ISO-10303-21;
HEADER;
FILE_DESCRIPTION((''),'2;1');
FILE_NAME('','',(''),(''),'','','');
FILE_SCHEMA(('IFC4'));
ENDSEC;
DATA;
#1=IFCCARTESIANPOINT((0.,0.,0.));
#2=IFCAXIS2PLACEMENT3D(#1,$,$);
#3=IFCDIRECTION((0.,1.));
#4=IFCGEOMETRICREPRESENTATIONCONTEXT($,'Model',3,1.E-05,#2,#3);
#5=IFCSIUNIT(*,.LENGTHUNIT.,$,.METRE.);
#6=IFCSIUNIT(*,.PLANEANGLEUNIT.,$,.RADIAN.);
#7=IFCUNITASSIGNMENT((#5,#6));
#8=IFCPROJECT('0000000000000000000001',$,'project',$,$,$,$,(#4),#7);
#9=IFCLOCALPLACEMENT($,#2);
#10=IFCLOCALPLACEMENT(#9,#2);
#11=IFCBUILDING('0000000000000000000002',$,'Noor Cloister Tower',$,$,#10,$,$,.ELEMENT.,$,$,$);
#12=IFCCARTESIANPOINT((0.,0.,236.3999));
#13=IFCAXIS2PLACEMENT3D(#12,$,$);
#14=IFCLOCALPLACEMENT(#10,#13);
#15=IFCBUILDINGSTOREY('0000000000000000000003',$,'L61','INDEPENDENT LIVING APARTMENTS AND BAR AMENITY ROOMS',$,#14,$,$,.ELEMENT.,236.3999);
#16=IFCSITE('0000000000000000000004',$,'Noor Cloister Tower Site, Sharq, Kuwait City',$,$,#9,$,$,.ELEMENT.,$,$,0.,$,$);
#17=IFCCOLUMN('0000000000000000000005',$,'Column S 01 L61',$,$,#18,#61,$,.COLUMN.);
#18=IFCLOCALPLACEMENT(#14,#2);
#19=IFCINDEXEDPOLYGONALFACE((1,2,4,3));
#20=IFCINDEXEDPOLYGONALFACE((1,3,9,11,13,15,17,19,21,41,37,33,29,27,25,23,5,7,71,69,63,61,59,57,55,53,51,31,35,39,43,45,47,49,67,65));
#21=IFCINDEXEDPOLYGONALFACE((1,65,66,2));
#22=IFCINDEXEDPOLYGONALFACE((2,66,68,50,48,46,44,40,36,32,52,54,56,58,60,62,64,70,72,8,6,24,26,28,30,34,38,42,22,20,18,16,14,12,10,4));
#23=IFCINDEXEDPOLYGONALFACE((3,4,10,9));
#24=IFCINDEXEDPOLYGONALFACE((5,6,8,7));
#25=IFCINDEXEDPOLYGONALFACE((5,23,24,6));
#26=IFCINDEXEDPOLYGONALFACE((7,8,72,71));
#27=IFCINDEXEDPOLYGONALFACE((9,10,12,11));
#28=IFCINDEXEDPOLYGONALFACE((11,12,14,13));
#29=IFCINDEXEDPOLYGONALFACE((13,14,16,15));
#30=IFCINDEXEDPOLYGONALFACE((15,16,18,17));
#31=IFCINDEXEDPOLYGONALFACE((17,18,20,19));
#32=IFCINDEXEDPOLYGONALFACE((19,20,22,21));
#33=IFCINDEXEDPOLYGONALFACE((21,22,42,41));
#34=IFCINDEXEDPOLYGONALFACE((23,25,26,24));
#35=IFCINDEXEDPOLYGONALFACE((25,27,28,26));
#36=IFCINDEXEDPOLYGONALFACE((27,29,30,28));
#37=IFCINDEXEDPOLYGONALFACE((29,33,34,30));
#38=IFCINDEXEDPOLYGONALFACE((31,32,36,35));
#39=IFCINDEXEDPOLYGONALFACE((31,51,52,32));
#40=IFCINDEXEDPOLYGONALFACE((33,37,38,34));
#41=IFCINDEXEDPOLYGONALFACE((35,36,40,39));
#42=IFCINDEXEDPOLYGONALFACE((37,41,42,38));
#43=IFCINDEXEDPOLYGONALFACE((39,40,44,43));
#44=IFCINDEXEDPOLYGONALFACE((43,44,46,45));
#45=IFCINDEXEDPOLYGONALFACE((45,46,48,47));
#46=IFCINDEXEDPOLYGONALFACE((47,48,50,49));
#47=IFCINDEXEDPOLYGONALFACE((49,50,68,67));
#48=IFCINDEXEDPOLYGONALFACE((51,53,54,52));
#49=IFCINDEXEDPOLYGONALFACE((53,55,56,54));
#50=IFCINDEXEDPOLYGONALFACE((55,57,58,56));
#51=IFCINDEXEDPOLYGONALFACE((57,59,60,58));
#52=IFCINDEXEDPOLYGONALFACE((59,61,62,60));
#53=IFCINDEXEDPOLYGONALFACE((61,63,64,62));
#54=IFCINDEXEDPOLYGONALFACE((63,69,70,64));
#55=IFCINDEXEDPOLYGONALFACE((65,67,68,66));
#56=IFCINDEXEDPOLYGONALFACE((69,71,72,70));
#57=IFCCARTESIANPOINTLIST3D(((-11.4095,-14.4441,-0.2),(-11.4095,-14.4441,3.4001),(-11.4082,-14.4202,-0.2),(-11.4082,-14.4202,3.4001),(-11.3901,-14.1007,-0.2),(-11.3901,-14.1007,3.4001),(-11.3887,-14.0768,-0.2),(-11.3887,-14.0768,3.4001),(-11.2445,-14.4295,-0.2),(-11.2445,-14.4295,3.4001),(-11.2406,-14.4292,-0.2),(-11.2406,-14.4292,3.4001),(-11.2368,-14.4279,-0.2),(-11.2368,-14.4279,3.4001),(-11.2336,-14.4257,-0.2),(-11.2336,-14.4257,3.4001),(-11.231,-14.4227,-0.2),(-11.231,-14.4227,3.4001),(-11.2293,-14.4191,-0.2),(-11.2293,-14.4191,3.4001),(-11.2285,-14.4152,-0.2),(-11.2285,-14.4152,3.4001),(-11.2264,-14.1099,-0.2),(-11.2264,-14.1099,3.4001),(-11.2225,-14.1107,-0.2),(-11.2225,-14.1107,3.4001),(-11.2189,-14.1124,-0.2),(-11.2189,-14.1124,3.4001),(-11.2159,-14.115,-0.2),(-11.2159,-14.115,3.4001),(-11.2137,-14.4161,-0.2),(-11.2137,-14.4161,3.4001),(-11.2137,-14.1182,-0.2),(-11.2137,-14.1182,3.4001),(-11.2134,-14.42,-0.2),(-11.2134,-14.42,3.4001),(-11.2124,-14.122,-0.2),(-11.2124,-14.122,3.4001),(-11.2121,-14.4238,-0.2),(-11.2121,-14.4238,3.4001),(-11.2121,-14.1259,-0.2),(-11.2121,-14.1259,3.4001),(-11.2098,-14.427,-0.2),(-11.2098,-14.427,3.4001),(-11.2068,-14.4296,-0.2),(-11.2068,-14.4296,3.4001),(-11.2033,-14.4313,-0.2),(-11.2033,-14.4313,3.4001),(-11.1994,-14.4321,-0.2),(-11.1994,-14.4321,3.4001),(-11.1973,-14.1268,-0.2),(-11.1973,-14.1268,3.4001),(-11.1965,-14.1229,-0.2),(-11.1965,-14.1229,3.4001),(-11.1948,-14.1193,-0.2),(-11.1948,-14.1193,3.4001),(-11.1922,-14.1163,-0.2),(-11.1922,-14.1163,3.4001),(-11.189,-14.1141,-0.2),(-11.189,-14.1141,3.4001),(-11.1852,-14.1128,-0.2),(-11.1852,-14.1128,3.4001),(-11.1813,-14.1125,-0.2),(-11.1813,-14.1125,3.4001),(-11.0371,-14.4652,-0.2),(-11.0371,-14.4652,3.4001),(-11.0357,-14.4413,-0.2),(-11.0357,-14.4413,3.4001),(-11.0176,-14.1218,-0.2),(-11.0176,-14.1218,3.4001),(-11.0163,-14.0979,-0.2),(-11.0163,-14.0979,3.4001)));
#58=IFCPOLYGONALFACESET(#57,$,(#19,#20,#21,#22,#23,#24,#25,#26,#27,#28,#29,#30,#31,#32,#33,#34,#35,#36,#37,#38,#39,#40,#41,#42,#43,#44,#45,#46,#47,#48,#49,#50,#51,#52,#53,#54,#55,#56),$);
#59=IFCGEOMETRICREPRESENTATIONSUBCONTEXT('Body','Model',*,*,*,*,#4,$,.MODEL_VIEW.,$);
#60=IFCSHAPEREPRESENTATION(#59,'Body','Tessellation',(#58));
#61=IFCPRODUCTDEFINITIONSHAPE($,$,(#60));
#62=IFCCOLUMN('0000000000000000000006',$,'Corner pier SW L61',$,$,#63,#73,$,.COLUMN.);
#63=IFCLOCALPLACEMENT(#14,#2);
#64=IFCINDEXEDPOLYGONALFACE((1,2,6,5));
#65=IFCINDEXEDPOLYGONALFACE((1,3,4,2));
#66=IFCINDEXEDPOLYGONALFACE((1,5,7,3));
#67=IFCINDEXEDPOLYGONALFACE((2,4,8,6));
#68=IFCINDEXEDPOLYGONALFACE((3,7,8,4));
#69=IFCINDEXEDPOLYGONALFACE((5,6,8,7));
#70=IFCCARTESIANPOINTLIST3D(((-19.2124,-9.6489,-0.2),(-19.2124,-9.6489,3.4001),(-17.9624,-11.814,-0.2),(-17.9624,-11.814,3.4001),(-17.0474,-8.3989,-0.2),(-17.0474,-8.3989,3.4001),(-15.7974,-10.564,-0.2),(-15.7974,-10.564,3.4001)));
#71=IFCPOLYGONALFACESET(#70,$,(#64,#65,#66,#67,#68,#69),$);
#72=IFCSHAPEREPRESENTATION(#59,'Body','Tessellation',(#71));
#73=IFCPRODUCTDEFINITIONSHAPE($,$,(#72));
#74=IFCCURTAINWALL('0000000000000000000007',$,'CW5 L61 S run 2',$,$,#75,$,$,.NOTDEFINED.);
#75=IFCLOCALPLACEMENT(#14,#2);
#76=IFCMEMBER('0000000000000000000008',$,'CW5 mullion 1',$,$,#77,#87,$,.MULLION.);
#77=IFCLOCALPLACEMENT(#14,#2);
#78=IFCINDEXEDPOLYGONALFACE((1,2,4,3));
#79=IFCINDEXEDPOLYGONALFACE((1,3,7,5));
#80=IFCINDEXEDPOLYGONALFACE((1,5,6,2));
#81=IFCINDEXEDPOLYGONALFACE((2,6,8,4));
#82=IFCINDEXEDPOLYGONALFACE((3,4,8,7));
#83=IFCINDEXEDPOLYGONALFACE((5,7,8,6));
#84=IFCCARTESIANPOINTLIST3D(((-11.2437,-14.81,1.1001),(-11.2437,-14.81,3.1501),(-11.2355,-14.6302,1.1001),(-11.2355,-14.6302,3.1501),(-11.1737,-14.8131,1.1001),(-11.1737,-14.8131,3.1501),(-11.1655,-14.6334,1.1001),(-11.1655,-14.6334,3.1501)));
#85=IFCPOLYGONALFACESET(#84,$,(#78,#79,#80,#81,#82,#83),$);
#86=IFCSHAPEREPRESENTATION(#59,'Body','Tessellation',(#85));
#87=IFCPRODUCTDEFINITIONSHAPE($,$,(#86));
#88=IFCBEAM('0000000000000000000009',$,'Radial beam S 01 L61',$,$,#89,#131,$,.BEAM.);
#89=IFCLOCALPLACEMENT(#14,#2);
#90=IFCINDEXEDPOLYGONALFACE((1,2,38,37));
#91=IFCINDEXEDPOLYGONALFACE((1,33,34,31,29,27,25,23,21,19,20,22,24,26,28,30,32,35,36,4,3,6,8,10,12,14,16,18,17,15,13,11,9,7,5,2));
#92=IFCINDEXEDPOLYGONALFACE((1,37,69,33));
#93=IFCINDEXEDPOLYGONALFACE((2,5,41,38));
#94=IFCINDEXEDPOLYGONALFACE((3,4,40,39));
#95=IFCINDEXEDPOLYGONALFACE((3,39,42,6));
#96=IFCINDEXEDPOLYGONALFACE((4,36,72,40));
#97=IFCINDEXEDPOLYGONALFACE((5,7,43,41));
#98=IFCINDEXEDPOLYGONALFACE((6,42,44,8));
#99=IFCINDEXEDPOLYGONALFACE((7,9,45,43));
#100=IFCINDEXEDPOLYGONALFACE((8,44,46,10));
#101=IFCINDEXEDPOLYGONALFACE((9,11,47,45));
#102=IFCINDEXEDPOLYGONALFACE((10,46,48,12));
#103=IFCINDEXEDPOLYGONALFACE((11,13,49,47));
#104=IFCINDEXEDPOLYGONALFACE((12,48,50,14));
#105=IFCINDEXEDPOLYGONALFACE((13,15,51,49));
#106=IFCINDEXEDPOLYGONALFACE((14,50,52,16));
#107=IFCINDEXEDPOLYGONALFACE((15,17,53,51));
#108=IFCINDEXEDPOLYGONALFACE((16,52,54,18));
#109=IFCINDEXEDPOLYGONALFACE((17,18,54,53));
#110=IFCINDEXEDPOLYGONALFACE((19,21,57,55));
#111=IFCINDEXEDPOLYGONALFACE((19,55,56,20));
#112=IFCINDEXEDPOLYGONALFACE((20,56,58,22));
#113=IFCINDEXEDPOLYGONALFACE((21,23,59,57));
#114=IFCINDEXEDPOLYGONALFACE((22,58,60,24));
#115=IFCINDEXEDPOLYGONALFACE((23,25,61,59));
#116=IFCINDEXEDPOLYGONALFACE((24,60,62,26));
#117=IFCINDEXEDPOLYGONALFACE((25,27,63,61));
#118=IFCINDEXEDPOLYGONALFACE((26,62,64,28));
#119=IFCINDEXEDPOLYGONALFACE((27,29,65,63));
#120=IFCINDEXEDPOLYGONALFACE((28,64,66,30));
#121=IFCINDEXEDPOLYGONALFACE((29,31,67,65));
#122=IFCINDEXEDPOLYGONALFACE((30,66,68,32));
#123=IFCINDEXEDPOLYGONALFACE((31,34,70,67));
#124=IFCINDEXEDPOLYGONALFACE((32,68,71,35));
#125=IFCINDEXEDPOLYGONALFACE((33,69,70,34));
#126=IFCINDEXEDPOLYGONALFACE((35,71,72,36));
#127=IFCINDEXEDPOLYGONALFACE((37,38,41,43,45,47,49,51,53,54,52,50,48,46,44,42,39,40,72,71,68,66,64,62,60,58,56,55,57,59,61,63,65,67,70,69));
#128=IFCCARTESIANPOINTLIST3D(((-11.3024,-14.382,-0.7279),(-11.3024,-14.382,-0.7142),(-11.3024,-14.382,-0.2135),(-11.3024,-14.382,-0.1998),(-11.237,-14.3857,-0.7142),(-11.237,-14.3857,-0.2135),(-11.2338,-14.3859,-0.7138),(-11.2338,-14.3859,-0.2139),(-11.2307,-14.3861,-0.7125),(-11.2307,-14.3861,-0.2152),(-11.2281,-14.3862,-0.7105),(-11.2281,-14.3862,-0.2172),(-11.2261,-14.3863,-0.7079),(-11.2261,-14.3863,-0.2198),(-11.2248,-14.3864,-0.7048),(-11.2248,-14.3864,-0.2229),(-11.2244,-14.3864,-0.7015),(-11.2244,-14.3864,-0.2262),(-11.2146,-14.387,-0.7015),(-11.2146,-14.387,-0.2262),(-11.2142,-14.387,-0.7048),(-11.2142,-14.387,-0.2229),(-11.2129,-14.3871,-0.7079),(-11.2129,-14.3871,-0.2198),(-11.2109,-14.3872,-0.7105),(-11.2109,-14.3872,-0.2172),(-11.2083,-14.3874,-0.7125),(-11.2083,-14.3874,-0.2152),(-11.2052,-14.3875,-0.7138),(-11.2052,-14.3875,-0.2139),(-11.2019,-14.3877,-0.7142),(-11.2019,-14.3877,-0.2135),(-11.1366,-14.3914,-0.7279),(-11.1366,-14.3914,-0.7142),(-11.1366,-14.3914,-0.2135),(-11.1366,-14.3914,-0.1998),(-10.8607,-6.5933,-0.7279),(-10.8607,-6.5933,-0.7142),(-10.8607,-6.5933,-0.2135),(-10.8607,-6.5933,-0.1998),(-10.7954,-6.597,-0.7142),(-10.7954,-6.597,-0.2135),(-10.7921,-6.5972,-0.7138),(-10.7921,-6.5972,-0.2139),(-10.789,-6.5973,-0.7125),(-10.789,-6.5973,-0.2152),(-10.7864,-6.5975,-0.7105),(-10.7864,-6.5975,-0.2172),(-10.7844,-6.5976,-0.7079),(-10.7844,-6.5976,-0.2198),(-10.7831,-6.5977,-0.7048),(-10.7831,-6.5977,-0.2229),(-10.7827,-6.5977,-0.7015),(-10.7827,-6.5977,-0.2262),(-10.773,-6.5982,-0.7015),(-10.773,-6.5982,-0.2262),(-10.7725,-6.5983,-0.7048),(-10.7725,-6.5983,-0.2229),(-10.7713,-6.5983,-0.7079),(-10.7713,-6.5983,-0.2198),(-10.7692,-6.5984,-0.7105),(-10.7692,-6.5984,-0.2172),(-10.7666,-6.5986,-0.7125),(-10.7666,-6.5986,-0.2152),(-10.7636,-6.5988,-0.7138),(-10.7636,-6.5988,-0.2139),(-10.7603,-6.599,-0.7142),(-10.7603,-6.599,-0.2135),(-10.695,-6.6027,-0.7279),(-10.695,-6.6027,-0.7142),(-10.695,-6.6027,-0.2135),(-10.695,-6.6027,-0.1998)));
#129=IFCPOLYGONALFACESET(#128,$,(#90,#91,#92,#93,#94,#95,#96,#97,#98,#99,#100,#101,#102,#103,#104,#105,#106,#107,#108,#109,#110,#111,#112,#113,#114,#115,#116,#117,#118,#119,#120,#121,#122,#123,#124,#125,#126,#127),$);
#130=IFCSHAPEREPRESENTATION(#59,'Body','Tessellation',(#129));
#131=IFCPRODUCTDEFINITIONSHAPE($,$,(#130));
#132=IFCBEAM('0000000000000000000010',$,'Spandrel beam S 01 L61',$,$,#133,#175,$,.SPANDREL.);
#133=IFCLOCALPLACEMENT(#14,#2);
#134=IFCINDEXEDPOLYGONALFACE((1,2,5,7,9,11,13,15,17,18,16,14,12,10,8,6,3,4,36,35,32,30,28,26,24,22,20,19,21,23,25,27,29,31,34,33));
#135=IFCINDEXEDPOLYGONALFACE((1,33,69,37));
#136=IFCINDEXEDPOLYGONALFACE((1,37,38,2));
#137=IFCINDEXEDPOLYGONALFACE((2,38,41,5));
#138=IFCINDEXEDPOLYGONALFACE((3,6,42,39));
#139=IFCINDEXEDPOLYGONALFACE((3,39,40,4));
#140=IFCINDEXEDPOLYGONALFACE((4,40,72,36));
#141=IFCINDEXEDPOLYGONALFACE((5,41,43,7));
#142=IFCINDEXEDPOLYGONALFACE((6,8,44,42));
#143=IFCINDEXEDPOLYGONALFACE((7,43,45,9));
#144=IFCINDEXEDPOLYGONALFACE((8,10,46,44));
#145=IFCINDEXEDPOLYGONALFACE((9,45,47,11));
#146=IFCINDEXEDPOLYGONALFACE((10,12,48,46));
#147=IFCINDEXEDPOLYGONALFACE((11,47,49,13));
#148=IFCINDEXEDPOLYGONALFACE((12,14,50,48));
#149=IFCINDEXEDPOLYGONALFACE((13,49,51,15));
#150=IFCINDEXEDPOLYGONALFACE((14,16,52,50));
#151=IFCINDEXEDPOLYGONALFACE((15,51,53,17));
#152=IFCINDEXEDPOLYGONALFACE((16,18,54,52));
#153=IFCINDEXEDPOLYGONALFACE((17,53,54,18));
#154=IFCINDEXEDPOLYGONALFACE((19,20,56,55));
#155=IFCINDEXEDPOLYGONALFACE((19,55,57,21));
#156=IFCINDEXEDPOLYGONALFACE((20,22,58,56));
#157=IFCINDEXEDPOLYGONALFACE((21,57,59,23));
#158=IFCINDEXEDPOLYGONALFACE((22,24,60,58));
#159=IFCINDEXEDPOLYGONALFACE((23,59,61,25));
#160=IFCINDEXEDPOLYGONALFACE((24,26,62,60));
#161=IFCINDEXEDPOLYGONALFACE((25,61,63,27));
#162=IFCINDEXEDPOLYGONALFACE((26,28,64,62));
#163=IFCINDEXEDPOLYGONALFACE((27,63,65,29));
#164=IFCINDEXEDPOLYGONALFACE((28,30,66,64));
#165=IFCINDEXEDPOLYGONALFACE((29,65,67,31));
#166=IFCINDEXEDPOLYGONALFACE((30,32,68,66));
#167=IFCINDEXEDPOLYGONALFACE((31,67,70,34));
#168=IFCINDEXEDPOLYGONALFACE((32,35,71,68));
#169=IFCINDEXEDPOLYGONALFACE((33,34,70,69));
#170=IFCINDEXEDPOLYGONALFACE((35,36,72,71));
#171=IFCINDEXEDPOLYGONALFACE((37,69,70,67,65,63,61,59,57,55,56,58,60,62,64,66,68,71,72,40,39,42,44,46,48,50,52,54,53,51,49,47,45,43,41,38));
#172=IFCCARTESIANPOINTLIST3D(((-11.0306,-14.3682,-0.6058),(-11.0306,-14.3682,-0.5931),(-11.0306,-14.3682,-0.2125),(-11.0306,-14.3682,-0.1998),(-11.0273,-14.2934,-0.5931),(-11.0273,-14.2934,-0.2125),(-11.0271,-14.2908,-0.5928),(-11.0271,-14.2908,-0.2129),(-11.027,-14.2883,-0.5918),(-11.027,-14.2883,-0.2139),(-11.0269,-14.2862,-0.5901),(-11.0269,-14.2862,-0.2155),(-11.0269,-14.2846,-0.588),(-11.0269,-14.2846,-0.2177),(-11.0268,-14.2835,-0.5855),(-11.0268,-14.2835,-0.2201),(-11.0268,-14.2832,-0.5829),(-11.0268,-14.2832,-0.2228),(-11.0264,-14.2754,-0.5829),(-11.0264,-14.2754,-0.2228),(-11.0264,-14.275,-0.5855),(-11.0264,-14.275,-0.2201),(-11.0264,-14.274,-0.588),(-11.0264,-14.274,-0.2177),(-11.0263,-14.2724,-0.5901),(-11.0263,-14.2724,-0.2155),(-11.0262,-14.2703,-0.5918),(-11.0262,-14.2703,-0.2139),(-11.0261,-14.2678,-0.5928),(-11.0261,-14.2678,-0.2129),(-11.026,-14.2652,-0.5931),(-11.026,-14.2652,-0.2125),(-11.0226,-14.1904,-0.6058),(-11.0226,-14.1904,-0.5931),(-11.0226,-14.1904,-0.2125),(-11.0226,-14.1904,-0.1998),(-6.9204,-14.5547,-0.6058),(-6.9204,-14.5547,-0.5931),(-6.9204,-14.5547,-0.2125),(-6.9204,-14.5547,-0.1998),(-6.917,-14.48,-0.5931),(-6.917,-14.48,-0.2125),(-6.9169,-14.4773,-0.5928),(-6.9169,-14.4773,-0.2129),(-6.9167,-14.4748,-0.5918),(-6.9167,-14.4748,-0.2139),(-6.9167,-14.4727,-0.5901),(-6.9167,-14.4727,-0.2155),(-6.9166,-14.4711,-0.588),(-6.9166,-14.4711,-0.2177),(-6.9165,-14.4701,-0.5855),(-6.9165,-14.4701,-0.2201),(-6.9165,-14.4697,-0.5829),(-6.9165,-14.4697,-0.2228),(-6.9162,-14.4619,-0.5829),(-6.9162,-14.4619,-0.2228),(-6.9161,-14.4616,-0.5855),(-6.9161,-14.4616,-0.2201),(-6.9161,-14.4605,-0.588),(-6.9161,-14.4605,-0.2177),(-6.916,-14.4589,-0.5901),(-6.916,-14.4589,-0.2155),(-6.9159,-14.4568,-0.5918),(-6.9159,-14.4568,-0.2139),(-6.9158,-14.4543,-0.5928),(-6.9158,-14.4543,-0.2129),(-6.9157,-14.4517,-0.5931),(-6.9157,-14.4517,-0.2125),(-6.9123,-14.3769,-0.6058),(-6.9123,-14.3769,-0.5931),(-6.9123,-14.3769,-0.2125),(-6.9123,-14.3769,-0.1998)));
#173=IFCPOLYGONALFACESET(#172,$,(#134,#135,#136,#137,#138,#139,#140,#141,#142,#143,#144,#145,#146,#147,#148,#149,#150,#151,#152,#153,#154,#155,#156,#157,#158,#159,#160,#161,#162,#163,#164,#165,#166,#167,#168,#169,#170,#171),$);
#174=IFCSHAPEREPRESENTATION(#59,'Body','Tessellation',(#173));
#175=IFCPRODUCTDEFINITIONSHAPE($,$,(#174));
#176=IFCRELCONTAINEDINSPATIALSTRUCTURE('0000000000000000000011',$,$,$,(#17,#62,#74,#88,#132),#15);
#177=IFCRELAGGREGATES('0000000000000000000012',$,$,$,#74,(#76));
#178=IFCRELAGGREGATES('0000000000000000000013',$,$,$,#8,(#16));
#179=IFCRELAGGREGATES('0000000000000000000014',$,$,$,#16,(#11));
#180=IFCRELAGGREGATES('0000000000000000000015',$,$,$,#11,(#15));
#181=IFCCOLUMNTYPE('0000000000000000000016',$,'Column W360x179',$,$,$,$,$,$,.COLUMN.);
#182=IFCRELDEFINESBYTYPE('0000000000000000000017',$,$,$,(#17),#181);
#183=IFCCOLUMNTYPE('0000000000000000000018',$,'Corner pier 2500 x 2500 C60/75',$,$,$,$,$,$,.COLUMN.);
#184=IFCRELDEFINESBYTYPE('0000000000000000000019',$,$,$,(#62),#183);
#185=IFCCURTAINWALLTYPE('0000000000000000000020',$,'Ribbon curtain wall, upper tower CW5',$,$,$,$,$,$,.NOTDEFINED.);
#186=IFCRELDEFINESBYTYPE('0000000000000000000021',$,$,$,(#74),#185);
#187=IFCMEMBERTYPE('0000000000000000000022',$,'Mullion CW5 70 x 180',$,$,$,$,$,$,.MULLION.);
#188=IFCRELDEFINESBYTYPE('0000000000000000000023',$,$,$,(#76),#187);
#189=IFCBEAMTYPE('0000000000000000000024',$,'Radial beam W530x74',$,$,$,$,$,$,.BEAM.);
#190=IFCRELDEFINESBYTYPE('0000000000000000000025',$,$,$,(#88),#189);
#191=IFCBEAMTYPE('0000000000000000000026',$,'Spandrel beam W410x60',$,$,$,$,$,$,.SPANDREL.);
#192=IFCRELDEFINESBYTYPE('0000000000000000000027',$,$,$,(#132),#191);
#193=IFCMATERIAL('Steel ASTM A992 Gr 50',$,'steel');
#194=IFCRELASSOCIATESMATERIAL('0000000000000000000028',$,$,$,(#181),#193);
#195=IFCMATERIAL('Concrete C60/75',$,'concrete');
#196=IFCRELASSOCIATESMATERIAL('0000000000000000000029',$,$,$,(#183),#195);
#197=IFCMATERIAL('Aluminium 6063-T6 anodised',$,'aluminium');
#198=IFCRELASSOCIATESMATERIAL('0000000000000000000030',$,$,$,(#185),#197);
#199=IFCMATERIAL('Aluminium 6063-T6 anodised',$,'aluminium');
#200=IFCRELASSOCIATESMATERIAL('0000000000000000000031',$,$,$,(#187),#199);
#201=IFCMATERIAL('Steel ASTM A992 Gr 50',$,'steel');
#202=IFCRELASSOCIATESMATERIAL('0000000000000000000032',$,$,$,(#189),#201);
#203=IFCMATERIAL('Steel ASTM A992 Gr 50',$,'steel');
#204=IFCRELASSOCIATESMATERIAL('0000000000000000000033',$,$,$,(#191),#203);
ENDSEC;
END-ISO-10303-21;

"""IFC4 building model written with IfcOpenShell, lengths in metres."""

from ifc_helpers import new_model, si_unit, direction, frame, origin, origin_2d, place, context, subcontext, project, spatial, rectangle, i_section, extrude, material, material_profile, profile_set, type_object, element, aggregate, save


model = new_model("IFC4")

# Units and contexts
model_context = context("Model", 3, precision=1e-05, world=origin(), true_north=direction((0.0, 1.0)))
body_context = subcontext(model_context, "Body", "Model", "MODEL_VIEW")
ifc_project = project(units=[si_unit("LENGTHUNIT", "METRE"), si_unit("PLANEANGLEUNIT", "RADIAN")], contexts=[model_context])

# Site, building, storey
site_placement = place(None, origin())
site = spatial("IfcSite", under=ifc_project, at=site_placement, Name="Noor Cloister Tower Site, Sharq, Kuwait City", CompositionType="ELEMENT", RefElevation=0.0)
building_placement = place(site_placement, origin())
building = spatial("IfcBuilding", under=site, at=building_placement, Name="Noor Cloister Tower", CompositionType="ELEMENT")
storey_placement = place(building_placement, frame((0.0, 0.0, 236.3999)))
storey = spatial("IfcBuildingStorey", under=building, at=storey_placement, Name="L61", Description="INDEPENDENT LIVING APARTMENTS AND BAR AMENITY ROOMS", CompositionType="ELEMENT", Elevation=236.3999)

# Columns
ifc_material_1 = material(Name="Steel ASTM A992 Gr 50", Category="steel")
ifc_material_profile_1 = material_profile(ifc_material_1, i_section(OverallWidth=0.373, OverallDepth=0.3679, WebThickness=0.0149, FlangeThickness=0.0239, FilletRadius=0.0151, at=origin_2d()), Name="W360x179")
ifc_profile_set_1 = profile_set([ifc_material_profile_1], Name="Steel ASTM A992 Gr 50")
column_type_1 = type_object("IfcColumnType", Name="Column W360x179", PredefinedType="COLUMN", material=ifc_profile_set_1)
column_1_placement = place(storey_placement, frame((-11.2129, -14.271, -0.2), z_axis=(0.0, 0.0, 1.0), x_axis=(0.998397, -0.056596, 0.0)))
element("IfcColumn", 1, at=column_1_placement, inside=storey, type_object=column_type_1, Name="Column S 01 L61", PredefinedType="COLUMN", context=body_context, shape_type="SweptSolid", body=[
    extrude(i_section(OverallWidth=0.373, OverallDepth=0.3679, WebThickness=0.0149, FlangeThickness=0.0239, FilletRadius=0.0151, at=origin_2d()), origin(), (0.0, 0.0, 1.0), 3.6001),
])
ifc_material_2 = material(Name="Concrete C60/75", Category="concrete")
ifc_material_profile_2 = material_profile(ifc_material_2, rectangle(XDim=2.5, YDim=2.5, at=origin_2d()), Name="RC 2500x2500")
ifc_profile_set_2 = profile_set([ifc_material_profile_2], Name="Concrete C60/75")
column_type_2 = type_object("IfcColumnType", Name="Corner pier 2500 x 2500 C60/75", PredefinedType="COLUMN", material=ifc_profile_set_2)
column_2_placement = place(storey_placement, frame((-17.5049, -10.1064, -0.2), z_axis=(0.0, 0.0, 1.0), x_axis=(-0.866025, -0.5, 0.0)))
element("IfcColumn", 2, at=column_2_placement, inside=storey, type_object=column_type_2, Name="Corner pier SW L61", PredefinedType="COLUMN", context=body_context, shape_type="SweptSolid", body=[
    extrude(rectangle(XDim=2.5, YDim=2.5, at=origin_2d()), origin(), (0.0, 0.0, 1.0), 3.6001),
])

# Curtain wall, member
ifc_material_3 = material(Name="Aluminium 6063-T6 anodised", Category="aluminium")
curtain_wall_type = type_object("IfcCurtainWallType", Name="Ribbon curtain wall, upper tower CW5", PredefinedType="NOTDEFINED", material=ifc_material_3)
curtain_wall_placement = place(storey_placement, origin())
curtain_wall = element("IfcCurtainWall", 3, at=curtain_wall_placement, inside=storey, type_object=curtain_wall_type, Name="CW5 L61 S run 2", PredefinedType="NOTDEFINED")
ifc_material_4 = material(Name="Aluminium 6063-T6 anodised", Category="aluminium")
ifc_material_profile_3 = material_profile(ifc_material_4, rectangle(XDim=0.1799, YDim=0.0701, at=origin_2d()), Name="180 x 70 mullion")
ifc_profile_set_3 = profile_set([ifc_material_profile_3], Name="Aluminium 6063-T6 anodised")
member_type = type_object("IfcMemberType", Name="Mullion CW5 70 x 180", PredefinedType="MULLION", material=ifc_profile_set_3)
member_placement = place(storey_placement, frame((-11.2046, -14.7217, 1.1001), z_axis=(0.0, 0.0, 1.0), x_axis=(0.045286, 0.998974, 0.0)))
member = element("IfcMember", 4, at=member_placement, type_object=member_type, Name="CW5 mullion 1", PredefinedType="MULLION", context=body_context, shape_type="SweptSolid", body=[
    extrude(rectangle(XDim=0.1799, YDim=0.0701, at=origin_2d()), origin(), (0.0, 0.0, 1.0), 2.05),
])

# Beams
ifc_material_5 = material(Name="Steel ASTM A992 Gr 50", Category="steel")
ifc_material_profile_4 = material_profile(ifc_material_5, i_section(OverallWidth=0.166, OverallDepth=0.5281, WebThickness=0.0098, FlangeThickness=0.0137, FilletRadius=0.0127, at=origin_2d()), Name="W530x74")
ifc_profile_set_4 = profile_set([ifc_material_profile_4], Name="Steel ASTM A992 Gr 50")
beam_type_1 = type_object("IfcBeamType", Name="Radial beam W530x74", PredefinedType="BEAM", material=ifc_profile_set_4)
beam_1_placement = place(storey_placement, frame((-11.2195, -14.3867, -0.4639), z_axis=(0.056612, 0.998396, 0.0), x_axis=(-0.998396, 0.056612, 0.0)))
element("IfcBeam", 5, at=beam_1_placement, inside=storey, type_object=beam_type_1, Name="Radial beam S 01 L61", PredefinedType="BEAM", context=body_context, shape_type="SweptSolid", body=[
    extrude(i_section(OverallWidth=0.166, OverallDepth=0.5281, WebThickness=0.0098, FlangeThickness=0.0137, FilletRadius=0.0127, at=origin_2d()), origin(), (0.0, 0.0, 1.0), 7.8013),
])
ifc_material_6 = material(Name="Steel ASTM A992 Gr 50", Category="steel")
ifc_material_profile_5 = material_profile(ifc_material_6, i_section(OverallWidth=0.178, OverallDepth=0.406, WebThickness=0.0078, FlangeThickness=0.0127, FilletRadius=0.0103, at=origin_2d()), Name="W410x60")
ifc_profile_set_5 = profile_set([ifc_material_profile_5], Name="Steel ASTM A992 Gr 50")
beam_type_2 = type_object("IfcBeamType", Name="Spandrel beam W410x60", PredefinedType="SPANDREL", material=ifc_profile_set_5)
beam_2_placement = place(storey_placement, frame((-11.0266, -14.2793, -0.4028), z_axis=(0.998972, -0.045332, 0.0), x_axis=(0.045332, 0.998972, 0.0)))
element("IfcBeam", 6, at=beam_2_placement, inside=storey, type_object=beam_type_2, Name="Spandrel beam S 01 L61", PredefinedType="SPANDREL", context=body_context, shape_type="SweptSolid", body=[
    extrude(i_section(OverallWidth=0.178, OverallDepth=0.406, WebThickness=0.0078, FlangeThickness=0.0127, FilletRadius=0.0103, at=origin_2d()), origin(), (0.0, 0.0, 1.0), 4.1145),
])

aggregate(curtain_wall, [member])

save(model, "model.ifc")
